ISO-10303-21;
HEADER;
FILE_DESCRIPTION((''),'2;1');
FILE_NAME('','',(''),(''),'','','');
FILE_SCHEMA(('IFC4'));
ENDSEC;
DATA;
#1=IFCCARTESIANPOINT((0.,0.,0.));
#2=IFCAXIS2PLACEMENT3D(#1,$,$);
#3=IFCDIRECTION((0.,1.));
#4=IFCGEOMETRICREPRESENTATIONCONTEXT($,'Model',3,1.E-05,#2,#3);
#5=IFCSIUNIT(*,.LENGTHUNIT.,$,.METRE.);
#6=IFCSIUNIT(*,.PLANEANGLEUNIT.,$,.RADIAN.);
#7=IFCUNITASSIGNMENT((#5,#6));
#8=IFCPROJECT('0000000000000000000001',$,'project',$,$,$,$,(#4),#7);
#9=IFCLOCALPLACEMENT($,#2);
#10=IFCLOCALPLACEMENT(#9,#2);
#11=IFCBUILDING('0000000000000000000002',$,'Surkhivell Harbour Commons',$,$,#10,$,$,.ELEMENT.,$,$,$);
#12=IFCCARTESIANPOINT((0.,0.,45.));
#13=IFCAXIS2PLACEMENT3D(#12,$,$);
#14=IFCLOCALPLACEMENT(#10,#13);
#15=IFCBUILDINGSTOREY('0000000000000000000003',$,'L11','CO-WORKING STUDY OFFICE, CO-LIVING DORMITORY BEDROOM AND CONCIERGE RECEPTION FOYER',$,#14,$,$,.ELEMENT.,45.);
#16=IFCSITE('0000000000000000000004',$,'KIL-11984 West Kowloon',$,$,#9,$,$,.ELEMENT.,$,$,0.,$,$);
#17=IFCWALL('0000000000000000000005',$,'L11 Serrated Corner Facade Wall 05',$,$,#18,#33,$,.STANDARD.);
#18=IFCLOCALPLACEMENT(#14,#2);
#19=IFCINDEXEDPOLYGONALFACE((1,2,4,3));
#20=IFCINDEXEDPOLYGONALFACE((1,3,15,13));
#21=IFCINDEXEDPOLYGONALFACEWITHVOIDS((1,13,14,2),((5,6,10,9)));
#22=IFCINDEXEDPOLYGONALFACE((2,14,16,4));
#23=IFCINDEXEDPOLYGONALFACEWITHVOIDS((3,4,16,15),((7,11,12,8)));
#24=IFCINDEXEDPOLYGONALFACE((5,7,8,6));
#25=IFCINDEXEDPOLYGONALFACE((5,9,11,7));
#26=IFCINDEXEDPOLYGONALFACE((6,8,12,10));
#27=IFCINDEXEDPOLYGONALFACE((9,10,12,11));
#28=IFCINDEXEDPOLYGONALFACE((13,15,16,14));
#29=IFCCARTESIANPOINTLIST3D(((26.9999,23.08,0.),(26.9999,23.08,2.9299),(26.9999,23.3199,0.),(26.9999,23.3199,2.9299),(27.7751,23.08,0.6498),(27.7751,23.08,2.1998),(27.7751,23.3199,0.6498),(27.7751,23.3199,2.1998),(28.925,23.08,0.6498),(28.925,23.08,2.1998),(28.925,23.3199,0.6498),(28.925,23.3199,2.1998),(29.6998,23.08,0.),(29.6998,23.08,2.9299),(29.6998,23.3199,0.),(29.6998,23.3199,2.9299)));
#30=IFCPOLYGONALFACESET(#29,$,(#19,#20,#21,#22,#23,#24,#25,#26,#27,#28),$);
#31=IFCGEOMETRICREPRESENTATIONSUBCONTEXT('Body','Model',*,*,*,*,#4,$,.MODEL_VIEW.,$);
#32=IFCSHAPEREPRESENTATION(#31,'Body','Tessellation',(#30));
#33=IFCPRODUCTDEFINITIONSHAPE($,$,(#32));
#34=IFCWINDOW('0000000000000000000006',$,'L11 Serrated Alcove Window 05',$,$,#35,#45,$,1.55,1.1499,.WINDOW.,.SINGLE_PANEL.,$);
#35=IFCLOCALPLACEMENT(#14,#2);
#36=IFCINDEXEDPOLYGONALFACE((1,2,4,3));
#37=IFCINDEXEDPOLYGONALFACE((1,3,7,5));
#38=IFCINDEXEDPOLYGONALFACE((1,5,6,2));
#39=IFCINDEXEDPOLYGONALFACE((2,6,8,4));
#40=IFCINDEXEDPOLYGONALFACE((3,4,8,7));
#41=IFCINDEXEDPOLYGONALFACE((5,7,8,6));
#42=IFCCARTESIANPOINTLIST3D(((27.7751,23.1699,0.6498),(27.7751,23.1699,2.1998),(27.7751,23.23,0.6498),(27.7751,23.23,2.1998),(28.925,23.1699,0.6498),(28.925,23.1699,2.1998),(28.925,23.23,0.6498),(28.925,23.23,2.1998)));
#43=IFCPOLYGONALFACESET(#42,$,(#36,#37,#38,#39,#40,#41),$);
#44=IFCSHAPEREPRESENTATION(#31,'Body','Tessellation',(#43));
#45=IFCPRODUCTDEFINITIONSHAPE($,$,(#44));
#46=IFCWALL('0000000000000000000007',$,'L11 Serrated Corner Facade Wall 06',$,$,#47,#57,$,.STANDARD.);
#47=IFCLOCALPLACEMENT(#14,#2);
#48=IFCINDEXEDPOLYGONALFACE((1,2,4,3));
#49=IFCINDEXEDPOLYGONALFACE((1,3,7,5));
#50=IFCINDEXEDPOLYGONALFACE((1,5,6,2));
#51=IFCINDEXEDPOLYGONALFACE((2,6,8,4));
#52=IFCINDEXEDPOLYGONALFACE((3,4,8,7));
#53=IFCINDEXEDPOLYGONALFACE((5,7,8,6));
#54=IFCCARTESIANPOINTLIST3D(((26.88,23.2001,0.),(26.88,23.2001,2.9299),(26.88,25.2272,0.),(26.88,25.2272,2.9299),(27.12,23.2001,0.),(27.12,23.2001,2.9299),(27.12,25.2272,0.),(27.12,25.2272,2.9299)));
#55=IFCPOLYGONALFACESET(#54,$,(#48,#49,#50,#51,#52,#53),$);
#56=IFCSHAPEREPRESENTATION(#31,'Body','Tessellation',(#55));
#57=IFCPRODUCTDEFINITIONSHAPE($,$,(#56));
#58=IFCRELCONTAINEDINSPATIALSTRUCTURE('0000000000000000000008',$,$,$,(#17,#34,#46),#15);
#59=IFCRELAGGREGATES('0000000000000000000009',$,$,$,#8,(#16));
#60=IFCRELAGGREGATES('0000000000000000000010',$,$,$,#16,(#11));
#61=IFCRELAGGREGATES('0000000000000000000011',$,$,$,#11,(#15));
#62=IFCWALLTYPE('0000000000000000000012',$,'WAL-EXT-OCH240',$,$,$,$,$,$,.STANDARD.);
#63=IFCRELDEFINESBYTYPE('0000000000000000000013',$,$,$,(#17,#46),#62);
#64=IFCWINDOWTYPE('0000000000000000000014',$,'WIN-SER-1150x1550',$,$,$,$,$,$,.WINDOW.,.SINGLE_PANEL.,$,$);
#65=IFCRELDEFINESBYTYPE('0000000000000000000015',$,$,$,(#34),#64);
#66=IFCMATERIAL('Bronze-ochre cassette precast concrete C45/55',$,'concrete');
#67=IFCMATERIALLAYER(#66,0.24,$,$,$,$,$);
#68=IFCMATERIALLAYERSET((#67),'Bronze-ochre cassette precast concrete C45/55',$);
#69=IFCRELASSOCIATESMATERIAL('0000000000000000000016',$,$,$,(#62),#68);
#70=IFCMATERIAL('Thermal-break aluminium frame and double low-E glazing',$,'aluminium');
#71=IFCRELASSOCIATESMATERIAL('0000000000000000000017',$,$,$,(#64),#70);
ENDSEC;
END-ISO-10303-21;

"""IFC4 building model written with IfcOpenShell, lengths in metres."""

from ifc_helpers import new_model, si_unit, direction, frame, frame_2d, origin, place, context, subcontext, project, spatial, rectangle, extrude, material, layer, layer_set, type_object, element, fill, save


model = new_model("IFC4")

# Units and contexts
model_context = context("Model", 3, precision=1e-05, world=origin(), true_north=direction((0.0, 1.0)))
body_context = subcontext(model_context, "Body", "Model", "MODEL_VIEW")
ifc_project = project(units=[si_unit("LENGTHUNIT", "METRE"), si_unit("PLANEANGLEUNIT", "RADIAN")], contexts=[model_context])

# Site, building, storey
site_placement = place(None, origin())
site = spatial("IfcSite", under=ifc_project, at=site_placement, Name="KIL-11984 West Kowloon", CompositionType="ELEMENT", RefElevation=0.0)
building_placement = place(site_placement, origin())
building = spatial("IfcBuilding", under=site, at=building_placement, Name="Surkhivell Harbour Commons", CompositionType="ELEMENT")
storey_placement = place(building_placement, frame((0.0, 0.0, 45.0)))
storey = spatial("IfcBuildingStorey", under=building, at=storey_placement, Name="L11", Description="CO-WORKING STUDY OFFICE, CO-LIVING DORMITORY BEDROOM AND CONCIERGE RECEPTION FOYER", CompositionType="ELEMENT", Elevation=45.0)

# Shared definitions
ifc_material_1 = material(Name="Bronze-ochre cassette precast concrete C45/55", Category="concrete")
ifc_layer_1 = layer(ifc_material_1, 0.24)
ifc_layer_set_1 = layer_set([ifc_layer_1], Name="Bronze-ochre cassette precast concrete C45/55")
wall_type = type_object("IfcWallType", Name="WAL-EXT-OCH240", PredefinedType="STANDARD", material=ifc_layer_set_1)

# Wall, opening, window
wall_1_placement = place(storey_placement, frame((29.7, 23.2, 0.0), z_axis=(0.0, 0.0, 1.0), x_axis=(-1.0, 0.0, 0.0)))
wall_1 = element("IfcWall", 1, at=wall_1_placement, inside=storey, type_object=wall_type, Name="L11 Serrated Corner Facade Wall 05", PredefinedType="STANDARD", context=body_context, shape_type="SweptSolid", body=[
    extrude(rectangle(XDim=2.7, YDim=0.24, at=frame_2d((1.3501, 0.0))), origin(), (0.0, 0.0, 1.0), 2.9299),
])
opening_placement = place(wall_1_placement, frame((0.7749, 0.0, 0.6499)))
opening = element("IfcOpeningElement", 2, at=opening_placement, cuts=wall_1, PredefinedType="OPENING", context=body_context, shape_type="SweptSolid", body=[
    extrude(rectangle(XDim=1.1499, YDim=1.55, at=frame_2d((0.575, 0.7749))), frame((0.0, 0.1299, 0.0), z_axis=(0.0, -1.0, 0.0), x_axis=(1.0, 0.0, 0.0)), (0.0, 0.0, 1.0), 0.26),
])
ifc_material_2 = material(Name="Thermal-break aluminium frame and double low-E glazing", Category="aluminium")
window_type = type_object("IfcWindowType", Name="WIN-SER-1150x1550", PartitioningType="SINGLE_PANEL", PredefinedType="WINDOW", material=ifc_material_2)
window_placement = place(opening_placement, origin())
window = element("IfcWindow", 3, at=window_placement, inside=storey, type_object=window_type, Name="L11 Serrated Alcove Window 05", OverallHeight=1.55, OverallWidth=1.1499, PartitioningType="SINGLE_PANEL", PredefinedType="WINDOW", context=body_context, shape_type="SweptSolid", body=[
    extrude(rectangle(XDim=1.1499, YDim=1.55, at=frame_2d((0.575, 0.7749))), frame((0.0, 0.03, 0.0), z_axis=(0.0, -1.0, 0.0), x_axis=(1.0, 0.0, 0.0)), (0.0, 0.0, 1.0), 0.0601),
])
fill(opening, window)

# Wall
wall_2_placement = place(storey_placement, frame((27.0, 23.2, 0.0), z_axis=(0.0, 0.0, 1.0), x_axis=(0.0, 1.0, 0.0)))
element("IfcWall", 4, at=wall_2_placement, inside=storey, type_object=wall_type, Name="L11 Serrated Corner Facade Wall 06", PredefinedType="STANDARD", context=body_context, shape_type="SweptSolid", body=[
    extrude(rectangle(XDim=2.0271, YDim=0.24, at=frame_2d((1.0137, 0.0))), origin(), (0.0, 0.0, 1.0), 2.9299),
])

save(model, "model.ifc")
